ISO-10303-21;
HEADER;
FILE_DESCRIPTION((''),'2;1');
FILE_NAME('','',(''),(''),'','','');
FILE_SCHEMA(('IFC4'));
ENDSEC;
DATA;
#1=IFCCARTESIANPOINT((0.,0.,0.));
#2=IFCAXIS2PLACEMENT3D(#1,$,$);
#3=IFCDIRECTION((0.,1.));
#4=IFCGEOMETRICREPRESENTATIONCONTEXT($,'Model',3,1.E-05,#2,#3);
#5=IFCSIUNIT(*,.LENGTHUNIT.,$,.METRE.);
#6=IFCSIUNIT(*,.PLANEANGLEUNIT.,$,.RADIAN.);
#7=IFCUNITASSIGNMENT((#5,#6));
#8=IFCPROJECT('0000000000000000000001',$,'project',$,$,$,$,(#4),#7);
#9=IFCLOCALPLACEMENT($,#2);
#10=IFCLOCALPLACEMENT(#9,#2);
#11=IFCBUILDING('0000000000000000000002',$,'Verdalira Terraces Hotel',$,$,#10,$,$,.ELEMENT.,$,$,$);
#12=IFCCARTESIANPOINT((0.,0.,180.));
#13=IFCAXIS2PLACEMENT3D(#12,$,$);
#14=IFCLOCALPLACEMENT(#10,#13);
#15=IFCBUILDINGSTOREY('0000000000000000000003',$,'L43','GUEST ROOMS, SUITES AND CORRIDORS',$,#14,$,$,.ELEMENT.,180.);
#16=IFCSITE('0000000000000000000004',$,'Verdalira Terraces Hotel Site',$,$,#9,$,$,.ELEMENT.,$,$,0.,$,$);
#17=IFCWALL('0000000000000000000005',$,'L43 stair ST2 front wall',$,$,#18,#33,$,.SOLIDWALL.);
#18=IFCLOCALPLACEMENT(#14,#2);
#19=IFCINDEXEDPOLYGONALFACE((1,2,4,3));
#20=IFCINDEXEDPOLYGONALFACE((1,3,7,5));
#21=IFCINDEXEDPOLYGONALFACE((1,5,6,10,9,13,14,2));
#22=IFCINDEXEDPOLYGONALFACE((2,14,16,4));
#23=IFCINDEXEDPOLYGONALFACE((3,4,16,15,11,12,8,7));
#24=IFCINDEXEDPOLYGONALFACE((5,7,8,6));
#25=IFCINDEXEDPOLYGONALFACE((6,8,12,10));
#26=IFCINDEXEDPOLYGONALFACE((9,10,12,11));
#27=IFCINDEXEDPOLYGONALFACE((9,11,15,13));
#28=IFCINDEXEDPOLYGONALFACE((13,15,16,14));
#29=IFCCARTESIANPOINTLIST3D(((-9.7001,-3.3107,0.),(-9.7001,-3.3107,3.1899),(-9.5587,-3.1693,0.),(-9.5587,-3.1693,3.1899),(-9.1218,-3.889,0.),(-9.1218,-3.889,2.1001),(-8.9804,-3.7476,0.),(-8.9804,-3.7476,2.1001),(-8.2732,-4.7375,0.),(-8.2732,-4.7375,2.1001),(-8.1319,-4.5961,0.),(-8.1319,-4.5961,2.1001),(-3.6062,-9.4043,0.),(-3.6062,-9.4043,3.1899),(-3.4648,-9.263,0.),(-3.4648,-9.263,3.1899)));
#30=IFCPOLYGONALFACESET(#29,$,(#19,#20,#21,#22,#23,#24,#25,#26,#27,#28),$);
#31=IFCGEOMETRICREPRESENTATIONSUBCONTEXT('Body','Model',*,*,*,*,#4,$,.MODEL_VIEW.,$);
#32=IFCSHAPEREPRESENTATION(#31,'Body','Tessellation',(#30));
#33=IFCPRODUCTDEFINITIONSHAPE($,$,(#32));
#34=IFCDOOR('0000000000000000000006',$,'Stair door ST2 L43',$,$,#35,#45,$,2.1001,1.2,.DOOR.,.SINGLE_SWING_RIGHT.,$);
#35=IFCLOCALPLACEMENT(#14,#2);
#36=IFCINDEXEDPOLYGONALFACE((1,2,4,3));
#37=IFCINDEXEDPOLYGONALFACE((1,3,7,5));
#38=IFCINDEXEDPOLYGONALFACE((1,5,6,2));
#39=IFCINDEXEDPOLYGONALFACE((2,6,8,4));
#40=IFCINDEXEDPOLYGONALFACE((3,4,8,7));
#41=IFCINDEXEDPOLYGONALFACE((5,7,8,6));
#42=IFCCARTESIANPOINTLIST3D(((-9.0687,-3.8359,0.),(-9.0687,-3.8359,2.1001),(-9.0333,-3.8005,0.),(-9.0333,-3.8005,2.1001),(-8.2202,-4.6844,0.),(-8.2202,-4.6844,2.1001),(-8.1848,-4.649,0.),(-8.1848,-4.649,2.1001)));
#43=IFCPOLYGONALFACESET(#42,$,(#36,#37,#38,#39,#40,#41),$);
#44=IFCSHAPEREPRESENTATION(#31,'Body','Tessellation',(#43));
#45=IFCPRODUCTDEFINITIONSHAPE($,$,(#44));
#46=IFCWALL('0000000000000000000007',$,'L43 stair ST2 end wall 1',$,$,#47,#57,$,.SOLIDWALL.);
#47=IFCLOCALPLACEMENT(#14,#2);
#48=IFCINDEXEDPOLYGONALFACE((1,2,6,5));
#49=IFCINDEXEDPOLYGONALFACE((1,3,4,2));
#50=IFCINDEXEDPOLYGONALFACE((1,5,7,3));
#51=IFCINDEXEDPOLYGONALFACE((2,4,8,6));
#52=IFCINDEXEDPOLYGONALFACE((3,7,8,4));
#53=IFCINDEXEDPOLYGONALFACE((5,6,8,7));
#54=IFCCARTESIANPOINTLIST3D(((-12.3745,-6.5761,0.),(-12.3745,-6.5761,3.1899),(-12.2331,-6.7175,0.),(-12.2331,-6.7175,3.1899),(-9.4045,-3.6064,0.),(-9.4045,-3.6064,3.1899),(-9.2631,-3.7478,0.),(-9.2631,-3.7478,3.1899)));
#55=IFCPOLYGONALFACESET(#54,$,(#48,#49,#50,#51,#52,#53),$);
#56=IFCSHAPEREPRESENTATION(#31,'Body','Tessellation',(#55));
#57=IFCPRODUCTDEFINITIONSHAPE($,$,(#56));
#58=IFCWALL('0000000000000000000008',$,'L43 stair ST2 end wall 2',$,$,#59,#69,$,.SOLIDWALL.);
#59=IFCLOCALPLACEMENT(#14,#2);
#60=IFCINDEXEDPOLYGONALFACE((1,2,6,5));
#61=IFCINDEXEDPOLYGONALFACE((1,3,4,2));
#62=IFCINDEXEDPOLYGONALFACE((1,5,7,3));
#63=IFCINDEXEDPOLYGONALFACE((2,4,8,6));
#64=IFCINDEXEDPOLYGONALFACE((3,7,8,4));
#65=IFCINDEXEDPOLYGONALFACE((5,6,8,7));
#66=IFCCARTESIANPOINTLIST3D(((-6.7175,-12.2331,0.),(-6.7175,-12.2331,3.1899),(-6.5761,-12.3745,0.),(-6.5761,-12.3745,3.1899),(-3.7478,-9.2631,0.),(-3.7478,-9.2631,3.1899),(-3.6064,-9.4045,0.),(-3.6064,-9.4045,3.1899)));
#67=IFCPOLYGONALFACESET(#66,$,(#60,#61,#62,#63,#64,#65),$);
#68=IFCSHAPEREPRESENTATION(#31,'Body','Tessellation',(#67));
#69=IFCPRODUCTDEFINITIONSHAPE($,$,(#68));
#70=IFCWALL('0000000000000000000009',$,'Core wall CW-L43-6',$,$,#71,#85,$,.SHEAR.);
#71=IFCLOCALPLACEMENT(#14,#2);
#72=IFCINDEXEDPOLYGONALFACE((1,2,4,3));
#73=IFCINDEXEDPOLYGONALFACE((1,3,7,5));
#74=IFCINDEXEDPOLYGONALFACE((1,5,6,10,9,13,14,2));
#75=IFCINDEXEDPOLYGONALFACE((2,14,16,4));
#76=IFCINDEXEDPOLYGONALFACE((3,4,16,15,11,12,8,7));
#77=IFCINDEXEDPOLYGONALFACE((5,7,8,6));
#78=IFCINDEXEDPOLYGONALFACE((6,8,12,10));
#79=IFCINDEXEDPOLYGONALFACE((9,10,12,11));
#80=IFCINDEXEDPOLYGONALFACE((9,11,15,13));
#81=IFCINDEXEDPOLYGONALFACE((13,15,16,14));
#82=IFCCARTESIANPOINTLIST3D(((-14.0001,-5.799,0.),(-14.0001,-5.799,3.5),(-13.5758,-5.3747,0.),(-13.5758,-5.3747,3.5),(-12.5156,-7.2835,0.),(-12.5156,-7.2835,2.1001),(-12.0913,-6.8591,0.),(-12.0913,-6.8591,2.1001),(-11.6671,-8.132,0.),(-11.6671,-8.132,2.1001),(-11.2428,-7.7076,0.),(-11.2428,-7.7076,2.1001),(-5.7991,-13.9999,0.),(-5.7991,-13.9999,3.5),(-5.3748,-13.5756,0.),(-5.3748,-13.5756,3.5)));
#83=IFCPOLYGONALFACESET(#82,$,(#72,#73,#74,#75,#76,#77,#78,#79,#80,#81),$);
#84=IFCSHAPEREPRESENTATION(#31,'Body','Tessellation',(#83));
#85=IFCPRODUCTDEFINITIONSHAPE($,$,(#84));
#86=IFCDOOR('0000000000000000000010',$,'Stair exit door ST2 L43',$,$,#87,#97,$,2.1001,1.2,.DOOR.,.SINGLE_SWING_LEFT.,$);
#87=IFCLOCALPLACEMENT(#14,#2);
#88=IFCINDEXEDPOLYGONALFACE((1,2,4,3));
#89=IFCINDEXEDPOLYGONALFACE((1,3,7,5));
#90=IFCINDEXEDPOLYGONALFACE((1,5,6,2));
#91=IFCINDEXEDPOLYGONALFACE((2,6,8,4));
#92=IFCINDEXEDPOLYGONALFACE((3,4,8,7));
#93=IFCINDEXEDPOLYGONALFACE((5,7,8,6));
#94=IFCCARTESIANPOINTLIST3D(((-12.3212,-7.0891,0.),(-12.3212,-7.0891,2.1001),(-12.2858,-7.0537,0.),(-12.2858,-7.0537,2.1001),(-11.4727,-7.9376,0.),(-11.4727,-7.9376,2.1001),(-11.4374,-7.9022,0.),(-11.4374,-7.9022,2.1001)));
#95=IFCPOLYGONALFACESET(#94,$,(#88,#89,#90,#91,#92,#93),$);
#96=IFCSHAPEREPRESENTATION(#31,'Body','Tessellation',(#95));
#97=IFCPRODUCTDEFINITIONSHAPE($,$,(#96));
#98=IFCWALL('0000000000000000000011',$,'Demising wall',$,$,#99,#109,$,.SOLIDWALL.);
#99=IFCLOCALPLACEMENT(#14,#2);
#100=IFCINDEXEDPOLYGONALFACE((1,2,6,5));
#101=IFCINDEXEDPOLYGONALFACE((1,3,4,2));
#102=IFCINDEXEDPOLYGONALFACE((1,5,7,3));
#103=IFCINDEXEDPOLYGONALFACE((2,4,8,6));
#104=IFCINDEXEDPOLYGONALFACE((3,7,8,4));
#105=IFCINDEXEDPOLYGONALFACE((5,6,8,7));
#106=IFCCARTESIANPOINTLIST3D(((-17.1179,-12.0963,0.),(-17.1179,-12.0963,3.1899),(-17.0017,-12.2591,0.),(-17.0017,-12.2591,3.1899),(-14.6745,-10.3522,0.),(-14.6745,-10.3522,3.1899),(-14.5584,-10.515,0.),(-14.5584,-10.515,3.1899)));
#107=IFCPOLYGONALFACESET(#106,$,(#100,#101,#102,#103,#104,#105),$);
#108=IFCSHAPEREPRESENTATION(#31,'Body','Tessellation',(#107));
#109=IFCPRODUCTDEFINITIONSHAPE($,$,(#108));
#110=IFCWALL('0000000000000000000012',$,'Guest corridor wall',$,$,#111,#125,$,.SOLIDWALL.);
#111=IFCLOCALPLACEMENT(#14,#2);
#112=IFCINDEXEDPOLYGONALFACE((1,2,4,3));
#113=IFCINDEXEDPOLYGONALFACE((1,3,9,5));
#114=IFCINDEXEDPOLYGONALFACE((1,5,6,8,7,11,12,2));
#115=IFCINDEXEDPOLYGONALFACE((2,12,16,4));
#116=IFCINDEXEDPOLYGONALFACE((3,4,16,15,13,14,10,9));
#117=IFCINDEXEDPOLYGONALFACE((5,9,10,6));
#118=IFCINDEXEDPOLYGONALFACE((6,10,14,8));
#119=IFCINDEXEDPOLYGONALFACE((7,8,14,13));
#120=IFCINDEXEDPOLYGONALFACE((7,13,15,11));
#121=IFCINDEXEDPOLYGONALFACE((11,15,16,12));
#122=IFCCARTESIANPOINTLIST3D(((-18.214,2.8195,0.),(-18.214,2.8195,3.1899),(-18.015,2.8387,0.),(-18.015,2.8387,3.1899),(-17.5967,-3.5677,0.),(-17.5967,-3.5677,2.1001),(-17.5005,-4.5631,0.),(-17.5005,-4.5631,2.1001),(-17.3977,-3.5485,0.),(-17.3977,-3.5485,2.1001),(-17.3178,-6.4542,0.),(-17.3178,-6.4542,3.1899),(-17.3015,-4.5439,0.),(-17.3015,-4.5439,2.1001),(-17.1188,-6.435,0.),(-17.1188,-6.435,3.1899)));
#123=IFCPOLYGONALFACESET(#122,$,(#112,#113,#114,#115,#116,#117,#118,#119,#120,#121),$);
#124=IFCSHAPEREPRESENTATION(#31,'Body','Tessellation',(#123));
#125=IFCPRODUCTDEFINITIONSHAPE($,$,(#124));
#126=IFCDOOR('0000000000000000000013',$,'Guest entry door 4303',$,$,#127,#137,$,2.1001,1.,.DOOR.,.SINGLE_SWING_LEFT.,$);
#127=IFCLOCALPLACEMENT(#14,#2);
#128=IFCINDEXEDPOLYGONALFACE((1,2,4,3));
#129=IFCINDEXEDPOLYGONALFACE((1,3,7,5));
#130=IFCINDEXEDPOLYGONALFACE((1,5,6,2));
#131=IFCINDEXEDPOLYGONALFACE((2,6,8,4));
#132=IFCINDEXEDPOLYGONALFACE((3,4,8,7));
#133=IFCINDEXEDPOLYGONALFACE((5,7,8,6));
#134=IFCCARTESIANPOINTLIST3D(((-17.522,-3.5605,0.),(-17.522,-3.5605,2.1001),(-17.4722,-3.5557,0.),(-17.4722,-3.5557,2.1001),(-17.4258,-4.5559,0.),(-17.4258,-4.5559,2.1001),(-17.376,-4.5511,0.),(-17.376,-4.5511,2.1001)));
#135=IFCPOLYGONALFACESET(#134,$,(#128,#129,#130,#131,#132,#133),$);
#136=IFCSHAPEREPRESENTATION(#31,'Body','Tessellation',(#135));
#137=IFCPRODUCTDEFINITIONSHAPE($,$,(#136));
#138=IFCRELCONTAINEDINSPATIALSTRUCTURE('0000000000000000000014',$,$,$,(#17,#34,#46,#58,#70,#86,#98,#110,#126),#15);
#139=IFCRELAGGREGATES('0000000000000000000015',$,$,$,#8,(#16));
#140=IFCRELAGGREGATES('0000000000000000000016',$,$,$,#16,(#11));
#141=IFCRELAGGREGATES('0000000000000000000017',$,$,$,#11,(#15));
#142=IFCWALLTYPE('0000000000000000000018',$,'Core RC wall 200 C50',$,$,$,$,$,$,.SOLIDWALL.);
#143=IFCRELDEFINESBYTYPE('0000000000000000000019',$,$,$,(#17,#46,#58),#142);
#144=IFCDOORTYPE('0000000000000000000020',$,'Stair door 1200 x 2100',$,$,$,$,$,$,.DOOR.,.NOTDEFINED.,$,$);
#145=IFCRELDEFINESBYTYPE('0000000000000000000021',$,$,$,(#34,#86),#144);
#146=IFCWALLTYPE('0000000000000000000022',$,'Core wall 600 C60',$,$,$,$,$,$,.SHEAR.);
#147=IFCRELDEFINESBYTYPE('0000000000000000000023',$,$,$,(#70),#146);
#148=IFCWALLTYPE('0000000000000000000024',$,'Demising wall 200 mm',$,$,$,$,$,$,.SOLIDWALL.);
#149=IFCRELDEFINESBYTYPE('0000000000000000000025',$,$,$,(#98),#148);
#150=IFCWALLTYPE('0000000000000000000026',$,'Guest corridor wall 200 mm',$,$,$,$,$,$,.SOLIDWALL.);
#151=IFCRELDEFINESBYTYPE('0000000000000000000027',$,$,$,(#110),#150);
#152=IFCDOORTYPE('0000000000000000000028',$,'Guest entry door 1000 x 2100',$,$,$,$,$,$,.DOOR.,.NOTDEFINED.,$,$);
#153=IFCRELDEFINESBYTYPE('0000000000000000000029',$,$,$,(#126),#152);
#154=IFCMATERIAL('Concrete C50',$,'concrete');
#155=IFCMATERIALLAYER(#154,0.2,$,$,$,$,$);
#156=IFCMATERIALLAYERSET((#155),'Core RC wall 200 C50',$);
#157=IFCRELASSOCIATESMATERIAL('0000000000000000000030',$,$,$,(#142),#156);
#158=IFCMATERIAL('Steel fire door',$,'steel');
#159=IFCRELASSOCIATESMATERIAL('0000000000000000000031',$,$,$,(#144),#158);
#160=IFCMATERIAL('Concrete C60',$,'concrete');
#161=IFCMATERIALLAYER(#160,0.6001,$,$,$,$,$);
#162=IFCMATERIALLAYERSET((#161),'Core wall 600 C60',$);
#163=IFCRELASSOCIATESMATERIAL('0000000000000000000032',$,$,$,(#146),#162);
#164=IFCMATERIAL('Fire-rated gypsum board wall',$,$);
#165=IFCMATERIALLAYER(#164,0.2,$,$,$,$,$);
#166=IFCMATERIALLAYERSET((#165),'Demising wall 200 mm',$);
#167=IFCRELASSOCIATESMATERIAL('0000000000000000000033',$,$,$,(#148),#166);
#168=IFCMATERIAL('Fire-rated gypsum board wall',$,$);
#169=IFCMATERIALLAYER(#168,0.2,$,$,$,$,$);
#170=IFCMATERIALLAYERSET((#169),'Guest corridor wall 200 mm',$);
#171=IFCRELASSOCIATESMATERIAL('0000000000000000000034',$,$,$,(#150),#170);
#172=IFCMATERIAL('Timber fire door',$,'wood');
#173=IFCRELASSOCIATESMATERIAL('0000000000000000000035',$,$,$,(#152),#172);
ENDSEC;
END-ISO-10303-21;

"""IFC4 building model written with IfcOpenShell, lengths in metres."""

from ifc_helpers import new_model, si_unit, direction, frame, frame_2d, origin, place, context, subcontext, project, spatial, rectangle, extrude, material, layer, layer_set, type_object, element, fill, save


model = new_model("IFC4")

# Units and contexts
model_context = context("Model", 3, precision=1e-05, world=origin(), true_north=direction((0.0, 1.0)))
body_context = subcontext(model_context, "Body", "Model", "MODEL_VIEW")
ifc_project = project(units=[si_unit("LENGTHUNIT", "METRE"), si_unit("PLANEANGLEUNIT", "RADIAN")], contexts=[model_context])

# Site, building, storey
site_placement = place(None, origin())
site = spatial("IfcSite", under=ifc_project, at=site_placement, Name="Verdalira Terraces Hotel Site", CompositionType="ELEMENT", RefElevation=0.0)
building_placement = place(site_placement, origin())
building = spatial("IfcBuilding", under=site, at=building_placement, Name="Verdalira Terraces Hotel", CompositionType="ELEMENT")
storey_placement = place(building_placement, frame((0.0, 0.0, 180.0)))
storey = spatial("IfcBuildingStorey", under=building, at=storey_placement, Name="L43", Description="GUEST ROOMS, SUITES AND CORRIDORS", CompositionType="ELEMENT", Elevation=180.0)

# Wall, opening, door
ifc_material_1 = material(Name="Concrete C50", Category="concrete")
ifc_layer_1 = layer(ifc_material_1, 0.2)
ifc_layer_set_1 = layer_set([ifc_layer_1], Name="Core RC wall 200 C50")
wall_type_1 = type_object("IfcWallType", Name="Core RC wall 200 C50", PredefinedType="SOLIDWALL", material=ifc_layer_set_1)
wall_1_placement = place(storey_placement, frame((-3.5354, -9.3337, 0.0), z_axis=(0.0, 0.0, 1.0), x_axis=(-0.707121, 0.707093, 0.0)))
wall_1 = element("IfcWall", 1, at=wall_1_placement, inside=storey, type_object=wall_type_1, Name="L43 stair ST2 front wall", PredefinedType="SOLIDWALL", context=body_context, shape_type="SweptSolid", body=[
    extrude(rectangle(XDim=8.6179, YDim=0.2, at=frame_2d((4.3091, 0.0))), origin(), (0.0, 0.0, 1.0), 3.1899),
])
opening_1_placement = place(wall_1_placement, frame((6.6001, 0.0, 0.0)))
opening_1 = element("IfcOpeningElement", 2, at=opening_1_placement, cuts=wall_1, PredefinedType="OPENING", context=body_context, shape_type="SweptSolid", body=[
    extrude(rectangle(XDim=1.2, YDim=2.1001, at=frame_2d((0.6001, 1.05))), frame((0.0, 0.1099, 0.0), z_axis=(0.0, -1.0, 0.0), x_axis=(1.0, 0.0, 0.0)), (0.0, 0.0, 1.0), 0.22),
])
ifc_material_2 = material(Name="Steel fire door", Category="steel")
door_type_1 = type_object("IfcDoorType", Name="Stair door 1200 x 2100", OperationType="NOTDEFINED", PredefinedType="DOOR", material=ifc_material_2)
door_1_placement = place(opening_1_placement, origin())
door_1 = element("IfcDoor", 3, at=door_1_placement, inside=storey, type_object=door_type_1, Name="Stair door ST2 L43", OperationType="SINGLE_SWING_RIGHT", OverallHeight=2.1001, OverallWidth=1.2, PredefinedType="DOOR", context=body_context, shape_type="SweptSolid", body=[
    extrude(rectangle(XDim=1.2, YDim=2.1001, at=frame_2d((0.6001, 1.05))), frame((0.0, 0.0249, 0.0), z_axis=(0.0, -1.0, 0.0), x_axis=(1.0, 0.0, 0.0)), (0.0, 0.0, 1.0), 0.05),
])
fill(opening_1, door_1)

# Walls
for number, where, z_axis, x_axis, name in (
    (4, (-9.3337, -3.677, 0.0), (0.0, 0.0, 1.0), (-0.707136, -0.707078, 0.0), "L43 stair ST2 end wall 1"),
    (5, (-3.677, -9.3337, 0.0), (0.0, 0.0, 1.0), (-0.707078, -0.707136, 0.0), "L43 stair ST2 end wall 2"),
):
    element("IfcWall", number, at=place(storey_placement, frame(where, z_axis=z_axis, x_axis=x_axis)), inside=storey, type_object=wall_type_1, Name=name, PredefinedType="SOLIDWALL", context=body_context, shape_type="SweptSolid", body=[
        extrude(rectangle(XDim=4.2, YDim=0.2, at=frame_2d((2.1001, 0.0))), origin(), (0.0, 0.0, 1.0), 3.1899),
    ])

# Wall, opening, door
ifc_material_3 = material(Name="Concrete C60", Category="concrete")
ifc_layer_2 = layer(ifc_material_3, 0.6001)
ifc_layer_set_2 = layer_set([ifc_layer_2], Name="Core wall 600 C60")
wall_type_2 = type_object("IfcWallType", Name="Core wall 600 C60", PredefinedType="SHEAR", material=ifc_layer_set_2)
wall_2_placement = place(storey_placement, frame((-13.7878, -5.5869, 0.0), z_axis=(0.0, 0.0, 1.0), x_axis=(0.707107, -0.707107, 0.0)))
wall_2 = element("IfcWall", 6, at=wall_2_placement, inside=storey, type_object=wall_type_2, Name="Core wall CW-L43-6", PredefinedType="SHEAR", context=body_context, shape_type="SweptSolid", body=[
    extrude(rectangle(XDim=11.5979, YDim=0.6001, at=frame_2d((5.7988, 0.0))), origin(), (0.0, 0.0, 1.0), 3.5),
])
opening_2_placement = place(wall_2_placement, frame((2.0991, 0.0, 0.0)))
opening_2 = element("IfcOpeningElement", 7, at=opening_2_placement, cuts=wall_2, PredefinedType="OPENING", context=body_context, shape_type="SweptSolid", body=[
    extrude(rectangle(XDim=1.2, YDim=2.1001, at=frame_2d((0.6001, 1.05))), frame((0.0, 0.3101, 0.0), z_axis=(0.0, -1.0, 0.0), x_axis=(1.0, 0.0, 0.0)), (0.0, 0.0, 1.0), 0.6201),
])
door_2_placement = place(opening_2_placement, origin())
door_2 = element("IfcDoor", 8, at=door_2_placement, inside=storey, type_object=door_type_1, Name="Stair exit door ST2 L43", OperationType="SINGLE_SWING_LEFT", OverallHeight=2.1001, OverallWidth=1.2, PredefinedType="DOOR", context=body_context, shape_type="SweptSolid", body=[
    extrude(rectangle(XDim=1.2, YDim=2.1001, at=frame_2d((0.6001, 1.05))), frame((0.0, 0.0249, 0.0), z_axis=(0.0, -1.0, 0.0), x_axis=(1.0, 0.0, 0.0)), (0.0, 0.0, 1.0), 0.05),
])
fill(opening_2, door_2)

# Wall
ifc_material_4 = material(Name="Fire-rated gypsum board wall")
ifc_layer_3 = layer(ifc_material_4, 0.2)
ifc_layer_set_3 = layer_set([ifc_layer_3], Name="Demising wall 200 mm")
wall_type_3 = type_object("IfcWallType", Name="Demising wall 200 mm", PredefinedType="SOLIDWALL", material=ifc_layer_set_3)
wall_3_placement = place(storey_placement, frame((-14.6165, -10.4336, 0.0), z_axis=(0.0, 0.0, 1.0), x_axis=(-0.813909, -0.580992, 0.0)))
element("IfcWall", 9, at=wall_3_placement, inside=storey, type_object=wall_type_3, Name="Demising wall", PredefinedType="SOLIDWALL", context=body_context, shape_type="SweptSolid", body=[
    extrude(rectangle(XDim=3.002, YDim=0.2, at=frame_2d((1.501, 0.0))), origin(), (0.0, 0.0, 1.0), 3.1899),
])

# Wall, opening, door
ifc_material_5 = material(Name="Fire-rated gypsum board wall")
ifc_layer_4 = layer(ifc_material_5, 0.2)
ifc_layer_set_4 = layer_set([ifc_layer_4], Name="Guest corridor wall 200 mm")
wall_type_4 = type_object("IfcWallType", Name="Guest corridor wall 200 mm", PredefinedType="SOLIDWALL", material=ifc_layer_set_4)
wall_4_placement = place(storey_placement, frame((-17.2183, -6.4446, 0.0), z_axis=(0.0, 0.0, 1.0), x_axis=(-0.096195, 0.995362, 0.0)))
wall_4 = element("IfcWall", 10, at=wall_4_placement, inside=storey, type_object=wall_type_4, Name="Guest corridor wall", PredefinedType="SOLIDWALL", context=body_context, shape_type="SweptSolid", body=[
    extrude(rectangle(XDim=9.3169, YDim=0.2, at=frame_2d((4.6584, 0.0))), origin(), (0.0, 0.0, 1.0), 3.1899),
])
opening_3_placement = place(wall_4_placement, frame((1.8999, 0.0, 0.0)))
opening_3 = element("IfcOpeningElement", 11, at=opening_3_placement, cuts=wall_4, PredefinedType="OPENING", context=body_context, shape_type="SweptSolid", body=[
    extrude(rectangle(XDim=1.0, YDim=2.1001, at=frame_2d((0.5, 1.05))), frame((0.0, 0.1099, 0.0), z_axis=(0.0, -1.0, 0.0), x_axis=(1.0, 0.0, 0.0)), (0.0, 0.0, 1.0), 0.22),
])
ifc_material_6 = material(Name="Timber fire door", Category="wood")
door_type_2 = type_object("IfcDoorType", Name="Guest entry door 1000 x 2100", OperationType="NOTDEFINED", PredefinedType="DOOR", material=ifc_material_6)
door_3_placement = place(opening_3_placement, origin())
door_3 = element("IfcDoor", 12, at=door_3_placement, inside=storey, type_object=door_type_2, Name="Guest entry door 4303", OperationType="SINGLE_SWING_LEFT", OverallHeight=2.1001, OverallWidth=1.0, PredefinedType="DOOR", context=body_context, shape_type="SweptSolid", body=[
    extrude(rectangle(XDim=1.0, YDim=2.1001, at=frame_2d((0.5, 1.05))), frame((0.0, 0.0249, 0.0), z_axis=(0.0, -1.0, 0.0), x_axis=(1.0, 0.0, 0.0)), (0.0, 0.0, 1.0), 0.05),
])
fill(opening_3, door_3)

save(model, "model.ifc")
